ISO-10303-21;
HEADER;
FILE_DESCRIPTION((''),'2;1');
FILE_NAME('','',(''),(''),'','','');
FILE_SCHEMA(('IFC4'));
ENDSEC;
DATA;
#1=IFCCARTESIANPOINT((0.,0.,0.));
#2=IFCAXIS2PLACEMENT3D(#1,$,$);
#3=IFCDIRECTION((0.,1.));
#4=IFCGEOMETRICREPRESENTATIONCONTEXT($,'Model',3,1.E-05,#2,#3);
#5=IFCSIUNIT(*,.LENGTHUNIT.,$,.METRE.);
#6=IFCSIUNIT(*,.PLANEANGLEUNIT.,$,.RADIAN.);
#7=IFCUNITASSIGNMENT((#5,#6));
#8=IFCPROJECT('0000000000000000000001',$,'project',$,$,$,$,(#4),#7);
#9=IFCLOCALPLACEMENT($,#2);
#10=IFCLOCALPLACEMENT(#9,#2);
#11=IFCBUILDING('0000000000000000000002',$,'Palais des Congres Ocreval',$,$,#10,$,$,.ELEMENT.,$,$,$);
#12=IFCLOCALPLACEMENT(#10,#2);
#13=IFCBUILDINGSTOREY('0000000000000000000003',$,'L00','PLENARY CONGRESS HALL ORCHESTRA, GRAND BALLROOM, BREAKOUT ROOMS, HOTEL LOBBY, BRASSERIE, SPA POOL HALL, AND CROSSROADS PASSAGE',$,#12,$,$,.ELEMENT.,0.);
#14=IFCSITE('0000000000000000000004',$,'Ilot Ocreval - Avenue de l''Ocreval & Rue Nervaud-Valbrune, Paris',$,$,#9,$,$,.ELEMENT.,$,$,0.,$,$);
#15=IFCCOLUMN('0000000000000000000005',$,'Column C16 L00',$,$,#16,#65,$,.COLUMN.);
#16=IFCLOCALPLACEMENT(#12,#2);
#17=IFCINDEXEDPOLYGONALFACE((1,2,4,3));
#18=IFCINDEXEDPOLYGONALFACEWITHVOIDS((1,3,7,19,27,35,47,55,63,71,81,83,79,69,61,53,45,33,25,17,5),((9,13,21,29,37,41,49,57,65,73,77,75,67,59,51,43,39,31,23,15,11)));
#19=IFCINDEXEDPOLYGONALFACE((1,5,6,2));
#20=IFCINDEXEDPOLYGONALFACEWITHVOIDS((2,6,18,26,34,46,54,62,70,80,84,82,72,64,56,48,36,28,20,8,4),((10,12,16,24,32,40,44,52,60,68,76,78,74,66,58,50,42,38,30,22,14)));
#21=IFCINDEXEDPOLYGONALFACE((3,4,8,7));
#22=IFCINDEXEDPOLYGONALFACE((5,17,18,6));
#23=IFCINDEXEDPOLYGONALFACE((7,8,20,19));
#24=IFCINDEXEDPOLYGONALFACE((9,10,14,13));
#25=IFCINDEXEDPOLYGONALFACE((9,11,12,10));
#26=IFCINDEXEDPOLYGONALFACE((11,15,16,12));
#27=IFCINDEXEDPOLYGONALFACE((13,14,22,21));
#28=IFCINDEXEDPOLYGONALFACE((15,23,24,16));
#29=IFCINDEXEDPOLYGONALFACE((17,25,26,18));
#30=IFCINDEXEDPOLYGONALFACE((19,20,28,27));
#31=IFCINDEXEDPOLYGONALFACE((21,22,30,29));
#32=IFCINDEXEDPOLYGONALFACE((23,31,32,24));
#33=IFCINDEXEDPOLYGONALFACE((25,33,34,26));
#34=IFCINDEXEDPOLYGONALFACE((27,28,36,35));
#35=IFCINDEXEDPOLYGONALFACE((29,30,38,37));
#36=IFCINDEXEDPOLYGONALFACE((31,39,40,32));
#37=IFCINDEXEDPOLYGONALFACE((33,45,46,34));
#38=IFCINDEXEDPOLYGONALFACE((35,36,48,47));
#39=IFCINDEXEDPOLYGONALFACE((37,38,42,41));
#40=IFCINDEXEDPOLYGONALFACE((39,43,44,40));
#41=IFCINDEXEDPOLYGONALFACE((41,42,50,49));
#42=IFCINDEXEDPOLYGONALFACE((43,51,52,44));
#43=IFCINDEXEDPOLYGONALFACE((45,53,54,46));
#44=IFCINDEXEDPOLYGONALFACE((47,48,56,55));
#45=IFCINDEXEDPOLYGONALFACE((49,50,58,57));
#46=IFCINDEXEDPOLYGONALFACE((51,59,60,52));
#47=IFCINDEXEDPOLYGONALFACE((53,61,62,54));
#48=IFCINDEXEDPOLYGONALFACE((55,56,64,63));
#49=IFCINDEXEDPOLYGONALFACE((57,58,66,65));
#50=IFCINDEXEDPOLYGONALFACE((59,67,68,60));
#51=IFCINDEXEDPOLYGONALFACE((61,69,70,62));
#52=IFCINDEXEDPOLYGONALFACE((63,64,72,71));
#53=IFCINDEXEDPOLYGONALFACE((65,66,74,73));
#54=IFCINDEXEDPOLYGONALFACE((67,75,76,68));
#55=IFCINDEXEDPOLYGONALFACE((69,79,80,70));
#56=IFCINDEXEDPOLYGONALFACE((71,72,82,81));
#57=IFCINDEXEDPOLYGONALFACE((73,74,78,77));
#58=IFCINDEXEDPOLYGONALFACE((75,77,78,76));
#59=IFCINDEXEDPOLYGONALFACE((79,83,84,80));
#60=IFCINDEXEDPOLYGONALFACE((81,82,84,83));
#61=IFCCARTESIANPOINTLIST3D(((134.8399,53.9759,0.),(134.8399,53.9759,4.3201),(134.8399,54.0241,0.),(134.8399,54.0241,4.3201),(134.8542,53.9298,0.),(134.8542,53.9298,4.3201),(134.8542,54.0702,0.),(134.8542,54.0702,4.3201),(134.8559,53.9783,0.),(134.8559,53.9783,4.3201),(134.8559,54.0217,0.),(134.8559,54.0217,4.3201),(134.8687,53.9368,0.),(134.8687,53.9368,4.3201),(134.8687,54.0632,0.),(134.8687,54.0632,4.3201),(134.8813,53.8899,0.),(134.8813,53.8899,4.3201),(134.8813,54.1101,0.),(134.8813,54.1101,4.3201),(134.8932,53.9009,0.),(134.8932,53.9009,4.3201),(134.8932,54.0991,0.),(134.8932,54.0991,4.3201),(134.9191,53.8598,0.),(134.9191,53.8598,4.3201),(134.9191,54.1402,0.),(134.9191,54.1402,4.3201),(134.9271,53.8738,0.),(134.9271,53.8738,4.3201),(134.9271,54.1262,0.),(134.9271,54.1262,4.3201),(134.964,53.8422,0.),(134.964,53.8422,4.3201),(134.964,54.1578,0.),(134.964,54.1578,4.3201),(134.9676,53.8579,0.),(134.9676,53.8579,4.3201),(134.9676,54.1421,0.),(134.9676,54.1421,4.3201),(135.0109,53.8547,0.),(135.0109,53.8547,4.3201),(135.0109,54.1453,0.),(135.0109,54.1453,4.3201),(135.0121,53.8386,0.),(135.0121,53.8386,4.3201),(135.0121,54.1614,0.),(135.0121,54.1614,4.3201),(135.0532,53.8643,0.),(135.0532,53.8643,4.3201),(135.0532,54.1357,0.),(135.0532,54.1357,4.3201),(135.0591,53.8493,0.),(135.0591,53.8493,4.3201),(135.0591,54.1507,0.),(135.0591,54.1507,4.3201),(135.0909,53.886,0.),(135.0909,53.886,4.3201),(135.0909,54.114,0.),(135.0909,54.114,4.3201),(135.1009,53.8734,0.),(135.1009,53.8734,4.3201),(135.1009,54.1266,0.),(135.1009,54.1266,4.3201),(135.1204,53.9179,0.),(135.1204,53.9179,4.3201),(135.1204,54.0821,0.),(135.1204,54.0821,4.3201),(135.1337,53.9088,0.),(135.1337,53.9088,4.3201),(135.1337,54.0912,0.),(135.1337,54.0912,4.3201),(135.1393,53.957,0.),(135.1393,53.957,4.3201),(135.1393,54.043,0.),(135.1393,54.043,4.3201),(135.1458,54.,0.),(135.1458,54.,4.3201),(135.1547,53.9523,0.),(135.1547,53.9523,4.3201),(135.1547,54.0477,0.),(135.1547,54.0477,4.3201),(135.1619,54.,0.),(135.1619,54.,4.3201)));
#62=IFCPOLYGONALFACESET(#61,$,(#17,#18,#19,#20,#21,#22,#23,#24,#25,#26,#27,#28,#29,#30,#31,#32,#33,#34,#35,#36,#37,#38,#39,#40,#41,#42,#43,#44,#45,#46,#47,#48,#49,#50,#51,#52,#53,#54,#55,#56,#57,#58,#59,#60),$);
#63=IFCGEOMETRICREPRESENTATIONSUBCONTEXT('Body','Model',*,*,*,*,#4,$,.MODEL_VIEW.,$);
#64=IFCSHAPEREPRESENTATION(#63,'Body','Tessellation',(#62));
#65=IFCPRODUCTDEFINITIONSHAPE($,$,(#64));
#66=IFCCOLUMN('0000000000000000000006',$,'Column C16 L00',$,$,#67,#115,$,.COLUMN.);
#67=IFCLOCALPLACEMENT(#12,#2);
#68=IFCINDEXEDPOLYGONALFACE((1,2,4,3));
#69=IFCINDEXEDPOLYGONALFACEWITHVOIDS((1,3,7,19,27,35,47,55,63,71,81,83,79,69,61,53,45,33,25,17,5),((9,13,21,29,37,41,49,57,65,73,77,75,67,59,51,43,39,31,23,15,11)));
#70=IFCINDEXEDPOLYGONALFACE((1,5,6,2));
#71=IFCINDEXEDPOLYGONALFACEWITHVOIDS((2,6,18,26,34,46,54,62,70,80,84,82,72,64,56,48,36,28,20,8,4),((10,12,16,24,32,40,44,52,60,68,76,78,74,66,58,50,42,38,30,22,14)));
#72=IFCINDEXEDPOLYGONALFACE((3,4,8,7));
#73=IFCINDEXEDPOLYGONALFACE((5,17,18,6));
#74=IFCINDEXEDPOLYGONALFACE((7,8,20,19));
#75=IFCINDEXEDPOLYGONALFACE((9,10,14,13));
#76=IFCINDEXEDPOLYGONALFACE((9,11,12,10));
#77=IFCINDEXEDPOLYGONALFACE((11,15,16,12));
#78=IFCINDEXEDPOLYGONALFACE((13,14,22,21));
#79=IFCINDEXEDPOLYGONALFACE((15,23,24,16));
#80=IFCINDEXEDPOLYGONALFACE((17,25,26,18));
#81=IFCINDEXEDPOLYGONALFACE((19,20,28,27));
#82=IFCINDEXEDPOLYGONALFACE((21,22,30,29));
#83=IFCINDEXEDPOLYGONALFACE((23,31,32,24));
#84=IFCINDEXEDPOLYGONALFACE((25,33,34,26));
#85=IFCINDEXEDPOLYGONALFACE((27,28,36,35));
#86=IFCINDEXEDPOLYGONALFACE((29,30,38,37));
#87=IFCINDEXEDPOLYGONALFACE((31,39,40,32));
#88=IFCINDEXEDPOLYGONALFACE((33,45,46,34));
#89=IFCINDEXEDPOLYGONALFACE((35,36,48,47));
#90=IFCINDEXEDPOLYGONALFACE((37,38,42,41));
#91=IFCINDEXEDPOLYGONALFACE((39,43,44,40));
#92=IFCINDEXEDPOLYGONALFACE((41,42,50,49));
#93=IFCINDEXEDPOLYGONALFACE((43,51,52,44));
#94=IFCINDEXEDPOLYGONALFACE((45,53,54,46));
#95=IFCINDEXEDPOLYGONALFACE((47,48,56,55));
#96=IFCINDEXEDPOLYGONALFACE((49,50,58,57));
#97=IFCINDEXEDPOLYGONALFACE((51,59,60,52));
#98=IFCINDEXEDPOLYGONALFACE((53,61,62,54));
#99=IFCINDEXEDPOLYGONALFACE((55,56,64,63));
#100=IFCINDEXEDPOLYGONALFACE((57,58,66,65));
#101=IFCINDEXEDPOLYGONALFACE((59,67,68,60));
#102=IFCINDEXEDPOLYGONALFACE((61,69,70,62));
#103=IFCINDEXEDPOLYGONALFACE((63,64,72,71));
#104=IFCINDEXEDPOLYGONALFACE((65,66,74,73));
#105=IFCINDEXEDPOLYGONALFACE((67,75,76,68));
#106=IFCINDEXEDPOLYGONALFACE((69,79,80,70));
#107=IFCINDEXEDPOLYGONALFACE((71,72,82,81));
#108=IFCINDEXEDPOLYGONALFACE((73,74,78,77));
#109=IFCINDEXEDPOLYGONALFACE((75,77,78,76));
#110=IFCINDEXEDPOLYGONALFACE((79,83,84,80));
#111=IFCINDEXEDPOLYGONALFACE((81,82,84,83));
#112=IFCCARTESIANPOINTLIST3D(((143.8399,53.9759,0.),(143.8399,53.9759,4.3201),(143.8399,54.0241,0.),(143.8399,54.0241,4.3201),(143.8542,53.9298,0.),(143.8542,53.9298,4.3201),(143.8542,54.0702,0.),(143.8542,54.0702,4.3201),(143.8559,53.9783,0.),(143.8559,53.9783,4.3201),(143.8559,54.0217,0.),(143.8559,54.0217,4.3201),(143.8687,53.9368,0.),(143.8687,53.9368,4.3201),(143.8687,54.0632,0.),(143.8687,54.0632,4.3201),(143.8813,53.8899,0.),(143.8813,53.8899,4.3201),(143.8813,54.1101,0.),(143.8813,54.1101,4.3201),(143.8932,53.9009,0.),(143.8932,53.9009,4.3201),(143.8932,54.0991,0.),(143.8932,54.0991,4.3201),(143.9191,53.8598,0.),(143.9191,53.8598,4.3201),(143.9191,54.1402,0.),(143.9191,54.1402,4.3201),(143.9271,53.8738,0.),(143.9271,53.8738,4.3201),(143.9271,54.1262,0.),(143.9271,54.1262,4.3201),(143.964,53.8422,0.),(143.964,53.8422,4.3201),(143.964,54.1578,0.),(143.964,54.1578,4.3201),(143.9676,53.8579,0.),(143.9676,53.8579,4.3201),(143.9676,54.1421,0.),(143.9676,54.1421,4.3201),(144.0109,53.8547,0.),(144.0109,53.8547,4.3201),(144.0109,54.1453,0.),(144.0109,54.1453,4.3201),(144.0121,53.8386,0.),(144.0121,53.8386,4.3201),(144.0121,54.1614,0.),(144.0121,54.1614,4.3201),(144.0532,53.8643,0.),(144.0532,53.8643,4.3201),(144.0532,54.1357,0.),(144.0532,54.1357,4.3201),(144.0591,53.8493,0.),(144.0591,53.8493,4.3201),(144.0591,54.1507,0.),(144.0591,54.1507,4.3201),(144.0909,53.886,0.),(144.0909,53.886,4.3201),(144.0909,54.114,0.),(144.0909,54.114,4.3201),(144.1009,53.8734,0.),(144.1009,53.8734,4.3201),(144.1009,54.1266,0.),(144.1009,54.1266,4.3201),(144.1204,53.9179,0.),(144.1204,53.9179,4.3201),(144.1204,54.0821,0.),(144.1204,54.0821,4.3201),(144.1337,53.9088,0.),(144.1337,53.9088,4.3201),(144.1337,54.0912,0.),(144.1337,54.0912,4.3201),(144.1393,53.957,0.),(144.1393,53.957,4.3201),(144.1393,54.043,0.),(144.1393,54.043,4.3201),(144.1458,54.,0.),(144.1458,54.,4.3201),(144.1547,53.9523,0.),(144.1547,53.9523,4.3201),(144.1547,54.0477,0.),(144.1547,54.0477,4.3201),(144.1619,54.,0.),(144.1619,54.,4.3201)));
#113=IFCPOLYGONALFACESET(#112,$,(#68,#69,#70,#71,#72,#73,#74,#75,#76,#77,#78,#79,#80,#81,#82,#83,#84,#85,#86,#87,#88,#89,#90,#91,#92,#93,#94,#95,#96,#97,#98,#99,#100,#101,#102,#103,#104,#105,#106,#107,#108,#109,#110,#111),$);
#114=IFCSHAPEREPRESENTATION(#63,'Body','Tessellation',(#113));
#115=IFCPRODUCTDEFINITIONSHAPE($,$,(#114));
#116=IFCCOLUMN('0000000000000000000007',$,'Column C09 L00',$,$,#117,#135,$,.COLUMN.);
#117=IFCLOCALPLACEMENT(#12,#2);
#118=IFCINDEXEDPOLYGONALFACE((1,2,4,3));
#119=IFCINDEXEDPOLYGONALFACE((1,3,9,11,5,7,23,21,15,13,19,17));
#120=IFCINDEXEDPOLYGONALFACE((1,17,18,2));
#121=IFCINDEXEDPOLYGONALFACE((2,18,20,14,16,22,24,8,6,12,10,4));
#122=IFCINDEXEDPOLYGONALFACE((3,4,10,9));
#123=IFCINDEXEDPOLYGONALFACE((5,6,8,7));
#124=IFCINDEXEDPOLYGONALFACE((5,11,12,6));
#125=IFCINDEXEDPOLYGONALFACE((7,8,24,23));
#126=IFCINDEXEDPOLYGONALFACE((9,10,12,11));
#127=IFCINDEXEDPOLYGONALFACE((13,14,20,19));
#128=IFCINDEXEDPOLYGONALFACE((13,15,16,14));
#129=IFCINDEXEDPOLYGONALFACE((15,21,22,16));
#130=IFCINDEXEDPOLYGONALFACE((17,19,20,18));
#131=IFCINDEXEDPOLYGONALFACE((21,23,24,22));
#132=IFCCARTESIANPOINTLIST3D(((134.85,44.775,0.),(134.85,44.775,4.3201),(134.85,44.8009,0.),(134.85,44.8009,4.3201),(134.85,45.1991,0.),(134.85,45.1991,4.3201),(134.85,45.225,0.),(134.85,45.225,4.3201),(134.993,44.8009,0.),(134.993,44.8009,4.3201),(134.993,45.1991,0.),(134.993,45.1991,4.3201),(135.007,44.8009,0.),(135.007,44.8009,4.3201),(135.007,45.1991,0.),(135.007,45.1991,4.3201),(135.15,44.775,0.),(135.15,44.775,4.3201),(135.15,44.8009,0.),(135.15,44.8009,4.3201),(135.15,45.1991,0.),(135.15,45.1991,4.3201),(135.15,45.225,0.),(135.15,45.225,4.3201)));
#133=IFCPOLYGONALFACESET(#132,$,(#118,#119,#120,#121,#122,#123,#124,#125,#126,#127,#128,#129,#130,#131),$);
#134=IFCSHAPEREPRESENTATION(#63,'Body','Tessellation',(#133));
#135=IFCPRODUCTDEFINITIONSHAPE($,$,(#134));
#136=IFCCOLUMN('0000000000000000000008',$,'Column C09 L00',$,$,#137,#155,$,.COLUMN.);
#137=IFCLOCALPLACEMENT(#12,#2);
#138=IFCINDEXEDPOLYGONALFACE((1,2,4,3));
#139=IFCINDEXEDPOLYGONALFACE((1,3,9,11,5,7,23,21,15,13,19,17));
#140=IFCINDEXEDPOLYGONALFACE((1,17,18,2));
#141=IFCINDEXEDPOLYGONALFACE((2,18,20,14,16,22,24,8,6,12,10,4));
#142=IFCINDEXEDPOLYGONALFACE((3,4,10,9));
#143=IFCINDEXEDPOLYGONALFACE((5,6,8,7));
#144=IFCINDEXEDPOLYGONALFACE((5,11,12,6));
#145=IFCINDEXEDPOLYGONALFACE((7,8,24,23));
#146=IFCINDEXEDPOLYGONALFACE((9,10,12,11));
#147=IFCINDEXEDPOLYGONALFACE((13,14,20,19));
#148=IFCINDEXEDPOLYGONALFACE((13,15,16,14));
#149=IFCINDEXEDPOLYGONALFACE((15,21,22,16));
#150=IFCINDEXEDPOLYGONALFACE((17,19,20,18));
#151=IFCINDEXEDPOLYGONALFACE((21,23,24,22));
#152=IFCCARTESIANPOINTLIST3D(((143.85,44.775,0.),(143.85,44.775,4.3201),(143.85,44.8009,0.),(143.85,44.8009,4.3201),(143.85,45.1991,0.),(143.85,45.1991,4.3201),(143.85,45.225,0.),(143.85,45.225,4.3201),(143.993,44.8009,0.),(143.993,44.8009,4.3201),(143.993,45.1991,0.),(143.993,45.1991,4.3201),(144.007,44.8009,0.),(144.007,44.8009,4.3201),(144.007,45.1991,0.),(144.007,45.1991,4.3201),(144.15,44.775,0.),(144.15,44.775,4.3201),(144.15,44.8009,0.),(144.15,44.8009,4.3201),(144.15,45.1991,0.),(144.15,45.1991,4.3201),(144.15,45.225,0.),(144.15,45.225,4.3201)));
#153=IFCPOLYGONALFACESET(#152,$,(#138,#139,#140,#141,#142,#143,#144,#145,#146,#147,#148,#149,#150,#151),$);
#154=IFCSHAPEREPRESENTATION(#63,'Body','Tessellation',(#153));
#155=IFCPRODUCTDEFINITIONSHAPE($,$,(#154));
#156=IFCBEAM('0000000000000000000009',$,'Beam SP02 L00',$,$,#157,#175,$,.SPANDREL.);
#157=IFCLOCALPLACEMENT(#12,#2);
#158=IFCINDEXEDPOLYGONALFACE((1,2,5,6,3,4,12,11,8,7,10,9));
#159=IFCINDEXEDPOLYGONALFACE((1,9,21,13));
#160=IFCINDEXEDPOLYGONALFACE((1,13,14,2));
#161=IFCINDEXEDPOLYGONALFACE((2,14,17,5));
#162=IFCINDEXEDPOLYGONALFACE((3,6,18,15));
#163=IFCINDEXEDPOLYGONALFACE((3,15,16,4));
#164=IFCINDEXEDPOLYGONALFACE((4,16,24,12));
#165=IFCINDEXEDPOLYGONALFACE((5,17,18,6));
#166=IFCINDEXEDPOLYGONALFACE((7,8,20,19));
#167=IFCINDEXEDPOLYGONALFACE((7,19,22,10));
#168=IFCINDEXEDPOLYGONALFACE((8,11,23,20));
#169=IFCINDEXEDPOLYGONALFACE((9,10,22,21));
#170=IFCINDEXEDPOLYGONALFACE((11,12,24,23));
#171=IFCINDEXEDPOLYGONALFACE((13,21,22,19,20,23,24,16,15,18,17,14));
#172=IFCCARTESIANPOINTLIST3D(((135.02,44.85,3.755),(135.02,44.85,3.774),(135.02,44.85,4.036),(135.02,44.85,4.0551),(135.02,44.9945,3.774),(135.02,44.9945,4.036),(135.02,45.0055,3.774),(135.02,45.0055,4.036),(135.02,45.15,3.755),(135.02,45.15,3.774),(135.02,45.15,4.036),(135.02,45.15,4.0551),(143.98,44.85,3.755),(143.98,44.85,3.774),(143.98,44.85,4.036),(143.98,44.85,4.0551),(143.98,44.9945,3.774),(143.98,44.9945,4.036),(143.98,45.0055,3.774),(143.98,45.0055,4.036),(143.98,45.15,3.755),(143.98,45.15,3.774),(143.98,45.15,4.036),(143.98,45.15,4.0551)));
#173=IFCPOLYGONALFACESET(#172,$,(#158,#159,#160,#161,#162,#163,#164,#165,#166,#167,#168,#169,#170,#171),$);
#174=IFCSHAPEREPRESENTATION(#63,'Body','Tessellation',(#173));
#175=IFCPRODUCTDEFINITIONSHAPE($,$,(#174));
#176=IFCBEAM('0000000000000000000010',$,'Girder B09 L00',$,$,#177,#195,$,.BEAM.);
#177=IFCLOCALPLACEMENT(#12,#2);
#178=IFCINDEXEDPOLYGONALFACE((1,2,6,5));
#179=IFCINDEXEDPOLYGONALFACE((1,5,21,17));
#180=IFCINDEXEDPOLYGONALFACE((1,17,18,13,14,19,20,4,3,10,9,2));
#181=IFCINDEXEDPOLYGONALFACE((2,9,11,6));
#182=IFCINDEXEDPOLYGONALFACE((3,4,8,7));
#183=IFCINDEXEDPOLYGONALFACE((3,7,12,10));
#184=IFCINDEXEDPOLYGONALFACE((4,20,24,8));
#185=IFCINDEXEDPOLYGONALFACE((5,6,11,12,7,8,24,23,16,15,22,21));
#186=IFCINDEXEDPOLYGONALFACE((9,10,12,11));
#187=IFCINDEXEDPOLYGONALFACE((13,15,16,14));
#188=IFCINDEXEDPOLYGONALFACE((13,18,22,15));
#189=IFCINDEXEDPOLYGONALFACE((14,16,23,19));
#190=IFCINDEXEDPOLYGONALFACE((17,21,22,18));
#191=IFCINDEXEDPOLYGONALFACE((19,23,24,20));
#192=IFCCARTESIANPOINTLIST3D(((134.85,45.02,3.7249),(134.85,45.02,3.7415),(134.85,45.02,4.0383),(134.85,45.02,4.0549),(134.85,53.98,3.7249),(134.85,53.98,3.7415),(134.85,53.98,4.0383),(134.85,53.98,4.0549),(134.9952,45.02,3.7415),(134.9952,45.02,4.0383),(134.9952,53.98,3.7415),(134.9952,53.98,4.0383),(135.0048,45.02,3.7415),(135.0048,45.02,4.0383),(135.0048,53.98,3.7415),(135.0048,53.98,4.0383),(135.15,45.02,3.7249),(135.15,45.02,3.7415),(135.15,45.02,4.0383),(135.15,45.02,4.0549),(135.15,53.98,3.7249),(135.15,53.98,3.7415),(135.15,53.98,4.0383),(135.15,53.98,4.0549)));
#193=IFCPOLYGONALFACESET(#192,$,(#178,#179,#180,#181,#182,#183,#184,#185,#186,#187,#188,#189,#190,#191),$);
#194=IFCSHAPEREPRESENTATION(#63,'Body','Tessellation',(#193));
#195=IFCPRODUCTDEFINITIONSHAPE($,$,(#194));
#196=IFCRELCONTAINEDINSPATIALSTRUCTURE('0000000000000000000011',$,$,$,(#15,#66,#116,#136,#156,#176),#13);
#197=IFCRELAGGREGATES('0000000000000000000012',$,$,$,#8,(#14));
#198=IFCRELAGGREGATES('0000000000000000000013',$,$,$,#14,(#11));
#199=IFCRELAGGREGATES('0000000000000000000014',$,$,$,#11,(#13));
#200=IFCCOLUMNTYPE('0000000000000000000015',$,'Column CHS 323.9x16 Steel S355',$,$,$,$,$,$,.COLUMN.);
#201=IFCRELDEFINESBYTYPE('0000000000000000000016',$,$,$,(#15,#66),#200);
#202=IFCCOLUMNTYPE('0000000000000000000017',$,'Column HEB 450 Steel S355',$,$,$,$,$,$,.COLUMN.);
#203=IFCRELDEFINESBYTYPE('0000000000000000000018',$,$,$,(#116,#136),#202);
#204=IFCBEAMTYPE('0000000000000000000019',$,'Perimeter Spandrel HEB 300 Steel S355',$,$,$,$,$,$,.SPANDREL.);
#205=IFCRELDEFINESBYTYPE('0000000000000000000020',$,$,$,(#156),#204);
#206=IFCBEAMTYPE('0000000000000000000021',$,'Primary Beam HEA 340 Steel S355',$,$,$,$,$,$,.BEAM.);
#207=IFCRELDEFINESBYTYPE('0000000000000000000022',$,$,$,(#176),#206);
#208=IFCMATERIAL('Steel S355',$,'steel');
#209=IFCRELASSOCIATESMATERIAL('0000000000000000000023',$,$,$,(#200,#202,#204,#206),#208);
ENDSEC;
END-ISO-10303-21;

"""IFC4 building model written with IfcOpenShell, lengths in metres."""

from ifc_helpers import new_model, si_unit, direction, frame, origin, origin_2d, place, context, subcontext, project, spatial, hollow_circle, i_section, extrude, material, material_profile, profile_set, type_object, element, save


model = new_model("IFC4")

# Units and contexts
model_context = context("Model", 3, precision=1e-05, world=origin(), true_north=direction((0.0, 1.0)))
body_context = subcontext(model_context, "Body", "Model", "MODEL_VIEW")
ifc_project = project(units=[si_unit("LENGTHUNIT", "METRE"), si_unit("PLANEANGLEUNIT", "RADIAN")], contexts=[model_context])

# Site, building, storey
site_placement = place(None, origin())
site = spatial("IfcSite", under=ifc_project, at=site_placement, Name="Ilot Ocreval - Avenue de l'Ocreval & Rue Nervaud-Valbrune, Paris", CompositionType="ELEMENT", RefElevation=0.0)
building_placement = place(site_placement, origin())
building = spatial("IfcBuilding", under=site, at=building_placement, Name="Palais des Congres Ocreval", CompositionType="ELEMENT")
storey_placement = place(building_placement, origin())
storey = spatial("IfcBuildingStorey", under=building, at=storey_placement, Name="L00", Description="PLENARY CONGRESS HALL ORCHESTRA, GRAND BALLROOM, BREAKOUT ROOMS, HOTEL LOBBY, BRASSERIE, SPA POOL HALL, AND CROSSROADS PASSAGE", CompositionType="ELEMENT", Elevation=0.0)

# Columns
ifc_material_1 = material(Name="Steel S355", Category="steel")
ifc_material_profile_1 = material_profile(ifc_material_1, hollow_circle(Radius=0.1619, WallThickness=0.0161, at=origin_2d()), Name="CHS 323.9x16")
ifc_profile_set_1 = profile_set([ifc_material_profile_1], Name="Steel S355")
column_type_1 = type_object("IfcColumnType", Name="Column CHS 323.9x16 Steel S355", PredefinedType="COLUMN", material=ifc_profile_set_1)
for number, where, z_axis, x_axis, name in (
    (1, (135.0, 54.0, 0.0), (0.0, 0.0, 1.0), (1.0, 0.0, 0.0), "Column C16 L00"),
    (2, (144.0, 54.0, 0.0), (0.0, 0.0, 1.0), (1.0, 0.0, 0.0), "Column C16 L00"),
):
    element("IfcColumn", number, at=place(storey_placement, frame(where, z_axis=z_axis, x_axis=x_axis)), inside=storey, type_object=column_type_1, Name=name, PredefinedType="COLUMN", context=body_context, shape_type="SweptSolid", body=[
        extrude(hollow_circle(Radius=0.1619, WallThickness=0.0161, at=origin_2d()), origin(), (0.0, 0.0, 1.0), 4.3201),
    ])
ifc_material_profile_2 = material_profile(ifc_material_1, i_section(OverallWidth=0.3, OverallDepth=0.45, WebThickness=0.0139, FlangeThickness=0.0259, at=origin_2d()), Name="HEB 450")
ifc_profile_set_2 = profile_set([ifc_material_profile_2], Name="Steel S355")
column_type_2 = type_object("IfcColumnType", Name="Column HEB 450 Steel S355", PredefinedType="COLUMN", material=ifc_profile_set_2)
for number, where, z_axis, x_axis, name in (
    (3, (135.0, 45.0, 0.0), (0.0, 0.0, 1.0), (1.0, 0.0, 0.0), "Column C09 L00"),
    (4, (144.0, 45.0, 0.0), (0.0, 0.0, 1.0), (1.0, 0.0, 0.0), "Column C09 L00"),
):
    element("IfcColumn", number, at=place(storey_placement, frame(where, z_axis=z_axis, x_axis=x_axis)), inside=storey, type_object=column_type_2, Name=name, PredefinedType="COLUMN", context=body_context, shape_type="SweptSolid", body=[
        extrude(i_section(OverallWidth=0.3, OverallDepth=0.45, WebThickness=0.0139, FlangeThickness=0.0259, at=origin_2d()), origin(), (0.0, 0.0, 1.0), 4.3201),
    ])

# Beams
ifc_material_profile_3 = material_profile(ifc_material_1, i_section(OverallWidth=0.3, OverallDepth=0.3, WebThickness=0.011, FlangeThickness=0.019, at=origin_2d()), Name="HEB 300")
ifc_profile_set_3 = profile_set([ifc_material_profile_3], Name="Steel S355")
beam_type_1 = type_object("IfcBeamType", Name="Perimeter Spandrel HEB 300 Steel S355", PredefinedType="SPANDREL", material=ifc_profile_set_3)
beam_1_placement = place(storey_placement, frame((135.02, 45.0, 3.905), z_axis=(1.0, 0.0, 0.0), x_axis=(0.0, 1.0, 0.0)))
element("IfcBeam", 5, at=beam_1_placement, inside=storey, type_object=beam_type_1, Name="Beam SP02 L00", PredefinedType="SPANDREL", context=body_context, shape_type="SweptSolid", body=[
    extrude(i_section(OverallWidth=0.3, OverallDepth=0.3, WebThickness=0.011, FlangeThickness=0.019, at=origin_2d()), origin(), (0.0, 0.0, 1.0), 8.96),
])
ifc_material_profile_4 = material_profile(ifc_material_1, i_section(OverallWidth=0.3, OverallDepth=0.3301, WebThickness=0.0095, FlangeThickness=0.0166, at=origin_2d()), Name="HEA 340")
ifc_profile_set_4 = profile_set([ifc_material_profile_4], Name="Steel S355")
beam_type_2 = type_object("IfcBeamType", Name="Primary Beam HEA 340 Steel S355", PredefinedType="BEAM", material=ifc_profile_set_4)
beam_2_placement = place(storey_placement, frame((135.0, 45.02, 3.8899), z_axis=(0.0, 1.0, 0.0), x_axis=(-1.0, 0.0, 0.0)))
element("IfcBeam", 6, at=beam_2_placement, inside=storey, type_object=beam_type_2, Name="Girder B09 L00", PredefinedType="BEAM", context=body_context, shape_type="SweptSolid", body=[
    extrude(i_section(OverallWidth=0.3, OverallDepth=0.3301, WebThickness=0.0095, FlangeThickness=0.0166, at=origin_2d()), origin(), (0.0, 0.0, 1.0), 8.96),
])

save(model, "model.ifc")
